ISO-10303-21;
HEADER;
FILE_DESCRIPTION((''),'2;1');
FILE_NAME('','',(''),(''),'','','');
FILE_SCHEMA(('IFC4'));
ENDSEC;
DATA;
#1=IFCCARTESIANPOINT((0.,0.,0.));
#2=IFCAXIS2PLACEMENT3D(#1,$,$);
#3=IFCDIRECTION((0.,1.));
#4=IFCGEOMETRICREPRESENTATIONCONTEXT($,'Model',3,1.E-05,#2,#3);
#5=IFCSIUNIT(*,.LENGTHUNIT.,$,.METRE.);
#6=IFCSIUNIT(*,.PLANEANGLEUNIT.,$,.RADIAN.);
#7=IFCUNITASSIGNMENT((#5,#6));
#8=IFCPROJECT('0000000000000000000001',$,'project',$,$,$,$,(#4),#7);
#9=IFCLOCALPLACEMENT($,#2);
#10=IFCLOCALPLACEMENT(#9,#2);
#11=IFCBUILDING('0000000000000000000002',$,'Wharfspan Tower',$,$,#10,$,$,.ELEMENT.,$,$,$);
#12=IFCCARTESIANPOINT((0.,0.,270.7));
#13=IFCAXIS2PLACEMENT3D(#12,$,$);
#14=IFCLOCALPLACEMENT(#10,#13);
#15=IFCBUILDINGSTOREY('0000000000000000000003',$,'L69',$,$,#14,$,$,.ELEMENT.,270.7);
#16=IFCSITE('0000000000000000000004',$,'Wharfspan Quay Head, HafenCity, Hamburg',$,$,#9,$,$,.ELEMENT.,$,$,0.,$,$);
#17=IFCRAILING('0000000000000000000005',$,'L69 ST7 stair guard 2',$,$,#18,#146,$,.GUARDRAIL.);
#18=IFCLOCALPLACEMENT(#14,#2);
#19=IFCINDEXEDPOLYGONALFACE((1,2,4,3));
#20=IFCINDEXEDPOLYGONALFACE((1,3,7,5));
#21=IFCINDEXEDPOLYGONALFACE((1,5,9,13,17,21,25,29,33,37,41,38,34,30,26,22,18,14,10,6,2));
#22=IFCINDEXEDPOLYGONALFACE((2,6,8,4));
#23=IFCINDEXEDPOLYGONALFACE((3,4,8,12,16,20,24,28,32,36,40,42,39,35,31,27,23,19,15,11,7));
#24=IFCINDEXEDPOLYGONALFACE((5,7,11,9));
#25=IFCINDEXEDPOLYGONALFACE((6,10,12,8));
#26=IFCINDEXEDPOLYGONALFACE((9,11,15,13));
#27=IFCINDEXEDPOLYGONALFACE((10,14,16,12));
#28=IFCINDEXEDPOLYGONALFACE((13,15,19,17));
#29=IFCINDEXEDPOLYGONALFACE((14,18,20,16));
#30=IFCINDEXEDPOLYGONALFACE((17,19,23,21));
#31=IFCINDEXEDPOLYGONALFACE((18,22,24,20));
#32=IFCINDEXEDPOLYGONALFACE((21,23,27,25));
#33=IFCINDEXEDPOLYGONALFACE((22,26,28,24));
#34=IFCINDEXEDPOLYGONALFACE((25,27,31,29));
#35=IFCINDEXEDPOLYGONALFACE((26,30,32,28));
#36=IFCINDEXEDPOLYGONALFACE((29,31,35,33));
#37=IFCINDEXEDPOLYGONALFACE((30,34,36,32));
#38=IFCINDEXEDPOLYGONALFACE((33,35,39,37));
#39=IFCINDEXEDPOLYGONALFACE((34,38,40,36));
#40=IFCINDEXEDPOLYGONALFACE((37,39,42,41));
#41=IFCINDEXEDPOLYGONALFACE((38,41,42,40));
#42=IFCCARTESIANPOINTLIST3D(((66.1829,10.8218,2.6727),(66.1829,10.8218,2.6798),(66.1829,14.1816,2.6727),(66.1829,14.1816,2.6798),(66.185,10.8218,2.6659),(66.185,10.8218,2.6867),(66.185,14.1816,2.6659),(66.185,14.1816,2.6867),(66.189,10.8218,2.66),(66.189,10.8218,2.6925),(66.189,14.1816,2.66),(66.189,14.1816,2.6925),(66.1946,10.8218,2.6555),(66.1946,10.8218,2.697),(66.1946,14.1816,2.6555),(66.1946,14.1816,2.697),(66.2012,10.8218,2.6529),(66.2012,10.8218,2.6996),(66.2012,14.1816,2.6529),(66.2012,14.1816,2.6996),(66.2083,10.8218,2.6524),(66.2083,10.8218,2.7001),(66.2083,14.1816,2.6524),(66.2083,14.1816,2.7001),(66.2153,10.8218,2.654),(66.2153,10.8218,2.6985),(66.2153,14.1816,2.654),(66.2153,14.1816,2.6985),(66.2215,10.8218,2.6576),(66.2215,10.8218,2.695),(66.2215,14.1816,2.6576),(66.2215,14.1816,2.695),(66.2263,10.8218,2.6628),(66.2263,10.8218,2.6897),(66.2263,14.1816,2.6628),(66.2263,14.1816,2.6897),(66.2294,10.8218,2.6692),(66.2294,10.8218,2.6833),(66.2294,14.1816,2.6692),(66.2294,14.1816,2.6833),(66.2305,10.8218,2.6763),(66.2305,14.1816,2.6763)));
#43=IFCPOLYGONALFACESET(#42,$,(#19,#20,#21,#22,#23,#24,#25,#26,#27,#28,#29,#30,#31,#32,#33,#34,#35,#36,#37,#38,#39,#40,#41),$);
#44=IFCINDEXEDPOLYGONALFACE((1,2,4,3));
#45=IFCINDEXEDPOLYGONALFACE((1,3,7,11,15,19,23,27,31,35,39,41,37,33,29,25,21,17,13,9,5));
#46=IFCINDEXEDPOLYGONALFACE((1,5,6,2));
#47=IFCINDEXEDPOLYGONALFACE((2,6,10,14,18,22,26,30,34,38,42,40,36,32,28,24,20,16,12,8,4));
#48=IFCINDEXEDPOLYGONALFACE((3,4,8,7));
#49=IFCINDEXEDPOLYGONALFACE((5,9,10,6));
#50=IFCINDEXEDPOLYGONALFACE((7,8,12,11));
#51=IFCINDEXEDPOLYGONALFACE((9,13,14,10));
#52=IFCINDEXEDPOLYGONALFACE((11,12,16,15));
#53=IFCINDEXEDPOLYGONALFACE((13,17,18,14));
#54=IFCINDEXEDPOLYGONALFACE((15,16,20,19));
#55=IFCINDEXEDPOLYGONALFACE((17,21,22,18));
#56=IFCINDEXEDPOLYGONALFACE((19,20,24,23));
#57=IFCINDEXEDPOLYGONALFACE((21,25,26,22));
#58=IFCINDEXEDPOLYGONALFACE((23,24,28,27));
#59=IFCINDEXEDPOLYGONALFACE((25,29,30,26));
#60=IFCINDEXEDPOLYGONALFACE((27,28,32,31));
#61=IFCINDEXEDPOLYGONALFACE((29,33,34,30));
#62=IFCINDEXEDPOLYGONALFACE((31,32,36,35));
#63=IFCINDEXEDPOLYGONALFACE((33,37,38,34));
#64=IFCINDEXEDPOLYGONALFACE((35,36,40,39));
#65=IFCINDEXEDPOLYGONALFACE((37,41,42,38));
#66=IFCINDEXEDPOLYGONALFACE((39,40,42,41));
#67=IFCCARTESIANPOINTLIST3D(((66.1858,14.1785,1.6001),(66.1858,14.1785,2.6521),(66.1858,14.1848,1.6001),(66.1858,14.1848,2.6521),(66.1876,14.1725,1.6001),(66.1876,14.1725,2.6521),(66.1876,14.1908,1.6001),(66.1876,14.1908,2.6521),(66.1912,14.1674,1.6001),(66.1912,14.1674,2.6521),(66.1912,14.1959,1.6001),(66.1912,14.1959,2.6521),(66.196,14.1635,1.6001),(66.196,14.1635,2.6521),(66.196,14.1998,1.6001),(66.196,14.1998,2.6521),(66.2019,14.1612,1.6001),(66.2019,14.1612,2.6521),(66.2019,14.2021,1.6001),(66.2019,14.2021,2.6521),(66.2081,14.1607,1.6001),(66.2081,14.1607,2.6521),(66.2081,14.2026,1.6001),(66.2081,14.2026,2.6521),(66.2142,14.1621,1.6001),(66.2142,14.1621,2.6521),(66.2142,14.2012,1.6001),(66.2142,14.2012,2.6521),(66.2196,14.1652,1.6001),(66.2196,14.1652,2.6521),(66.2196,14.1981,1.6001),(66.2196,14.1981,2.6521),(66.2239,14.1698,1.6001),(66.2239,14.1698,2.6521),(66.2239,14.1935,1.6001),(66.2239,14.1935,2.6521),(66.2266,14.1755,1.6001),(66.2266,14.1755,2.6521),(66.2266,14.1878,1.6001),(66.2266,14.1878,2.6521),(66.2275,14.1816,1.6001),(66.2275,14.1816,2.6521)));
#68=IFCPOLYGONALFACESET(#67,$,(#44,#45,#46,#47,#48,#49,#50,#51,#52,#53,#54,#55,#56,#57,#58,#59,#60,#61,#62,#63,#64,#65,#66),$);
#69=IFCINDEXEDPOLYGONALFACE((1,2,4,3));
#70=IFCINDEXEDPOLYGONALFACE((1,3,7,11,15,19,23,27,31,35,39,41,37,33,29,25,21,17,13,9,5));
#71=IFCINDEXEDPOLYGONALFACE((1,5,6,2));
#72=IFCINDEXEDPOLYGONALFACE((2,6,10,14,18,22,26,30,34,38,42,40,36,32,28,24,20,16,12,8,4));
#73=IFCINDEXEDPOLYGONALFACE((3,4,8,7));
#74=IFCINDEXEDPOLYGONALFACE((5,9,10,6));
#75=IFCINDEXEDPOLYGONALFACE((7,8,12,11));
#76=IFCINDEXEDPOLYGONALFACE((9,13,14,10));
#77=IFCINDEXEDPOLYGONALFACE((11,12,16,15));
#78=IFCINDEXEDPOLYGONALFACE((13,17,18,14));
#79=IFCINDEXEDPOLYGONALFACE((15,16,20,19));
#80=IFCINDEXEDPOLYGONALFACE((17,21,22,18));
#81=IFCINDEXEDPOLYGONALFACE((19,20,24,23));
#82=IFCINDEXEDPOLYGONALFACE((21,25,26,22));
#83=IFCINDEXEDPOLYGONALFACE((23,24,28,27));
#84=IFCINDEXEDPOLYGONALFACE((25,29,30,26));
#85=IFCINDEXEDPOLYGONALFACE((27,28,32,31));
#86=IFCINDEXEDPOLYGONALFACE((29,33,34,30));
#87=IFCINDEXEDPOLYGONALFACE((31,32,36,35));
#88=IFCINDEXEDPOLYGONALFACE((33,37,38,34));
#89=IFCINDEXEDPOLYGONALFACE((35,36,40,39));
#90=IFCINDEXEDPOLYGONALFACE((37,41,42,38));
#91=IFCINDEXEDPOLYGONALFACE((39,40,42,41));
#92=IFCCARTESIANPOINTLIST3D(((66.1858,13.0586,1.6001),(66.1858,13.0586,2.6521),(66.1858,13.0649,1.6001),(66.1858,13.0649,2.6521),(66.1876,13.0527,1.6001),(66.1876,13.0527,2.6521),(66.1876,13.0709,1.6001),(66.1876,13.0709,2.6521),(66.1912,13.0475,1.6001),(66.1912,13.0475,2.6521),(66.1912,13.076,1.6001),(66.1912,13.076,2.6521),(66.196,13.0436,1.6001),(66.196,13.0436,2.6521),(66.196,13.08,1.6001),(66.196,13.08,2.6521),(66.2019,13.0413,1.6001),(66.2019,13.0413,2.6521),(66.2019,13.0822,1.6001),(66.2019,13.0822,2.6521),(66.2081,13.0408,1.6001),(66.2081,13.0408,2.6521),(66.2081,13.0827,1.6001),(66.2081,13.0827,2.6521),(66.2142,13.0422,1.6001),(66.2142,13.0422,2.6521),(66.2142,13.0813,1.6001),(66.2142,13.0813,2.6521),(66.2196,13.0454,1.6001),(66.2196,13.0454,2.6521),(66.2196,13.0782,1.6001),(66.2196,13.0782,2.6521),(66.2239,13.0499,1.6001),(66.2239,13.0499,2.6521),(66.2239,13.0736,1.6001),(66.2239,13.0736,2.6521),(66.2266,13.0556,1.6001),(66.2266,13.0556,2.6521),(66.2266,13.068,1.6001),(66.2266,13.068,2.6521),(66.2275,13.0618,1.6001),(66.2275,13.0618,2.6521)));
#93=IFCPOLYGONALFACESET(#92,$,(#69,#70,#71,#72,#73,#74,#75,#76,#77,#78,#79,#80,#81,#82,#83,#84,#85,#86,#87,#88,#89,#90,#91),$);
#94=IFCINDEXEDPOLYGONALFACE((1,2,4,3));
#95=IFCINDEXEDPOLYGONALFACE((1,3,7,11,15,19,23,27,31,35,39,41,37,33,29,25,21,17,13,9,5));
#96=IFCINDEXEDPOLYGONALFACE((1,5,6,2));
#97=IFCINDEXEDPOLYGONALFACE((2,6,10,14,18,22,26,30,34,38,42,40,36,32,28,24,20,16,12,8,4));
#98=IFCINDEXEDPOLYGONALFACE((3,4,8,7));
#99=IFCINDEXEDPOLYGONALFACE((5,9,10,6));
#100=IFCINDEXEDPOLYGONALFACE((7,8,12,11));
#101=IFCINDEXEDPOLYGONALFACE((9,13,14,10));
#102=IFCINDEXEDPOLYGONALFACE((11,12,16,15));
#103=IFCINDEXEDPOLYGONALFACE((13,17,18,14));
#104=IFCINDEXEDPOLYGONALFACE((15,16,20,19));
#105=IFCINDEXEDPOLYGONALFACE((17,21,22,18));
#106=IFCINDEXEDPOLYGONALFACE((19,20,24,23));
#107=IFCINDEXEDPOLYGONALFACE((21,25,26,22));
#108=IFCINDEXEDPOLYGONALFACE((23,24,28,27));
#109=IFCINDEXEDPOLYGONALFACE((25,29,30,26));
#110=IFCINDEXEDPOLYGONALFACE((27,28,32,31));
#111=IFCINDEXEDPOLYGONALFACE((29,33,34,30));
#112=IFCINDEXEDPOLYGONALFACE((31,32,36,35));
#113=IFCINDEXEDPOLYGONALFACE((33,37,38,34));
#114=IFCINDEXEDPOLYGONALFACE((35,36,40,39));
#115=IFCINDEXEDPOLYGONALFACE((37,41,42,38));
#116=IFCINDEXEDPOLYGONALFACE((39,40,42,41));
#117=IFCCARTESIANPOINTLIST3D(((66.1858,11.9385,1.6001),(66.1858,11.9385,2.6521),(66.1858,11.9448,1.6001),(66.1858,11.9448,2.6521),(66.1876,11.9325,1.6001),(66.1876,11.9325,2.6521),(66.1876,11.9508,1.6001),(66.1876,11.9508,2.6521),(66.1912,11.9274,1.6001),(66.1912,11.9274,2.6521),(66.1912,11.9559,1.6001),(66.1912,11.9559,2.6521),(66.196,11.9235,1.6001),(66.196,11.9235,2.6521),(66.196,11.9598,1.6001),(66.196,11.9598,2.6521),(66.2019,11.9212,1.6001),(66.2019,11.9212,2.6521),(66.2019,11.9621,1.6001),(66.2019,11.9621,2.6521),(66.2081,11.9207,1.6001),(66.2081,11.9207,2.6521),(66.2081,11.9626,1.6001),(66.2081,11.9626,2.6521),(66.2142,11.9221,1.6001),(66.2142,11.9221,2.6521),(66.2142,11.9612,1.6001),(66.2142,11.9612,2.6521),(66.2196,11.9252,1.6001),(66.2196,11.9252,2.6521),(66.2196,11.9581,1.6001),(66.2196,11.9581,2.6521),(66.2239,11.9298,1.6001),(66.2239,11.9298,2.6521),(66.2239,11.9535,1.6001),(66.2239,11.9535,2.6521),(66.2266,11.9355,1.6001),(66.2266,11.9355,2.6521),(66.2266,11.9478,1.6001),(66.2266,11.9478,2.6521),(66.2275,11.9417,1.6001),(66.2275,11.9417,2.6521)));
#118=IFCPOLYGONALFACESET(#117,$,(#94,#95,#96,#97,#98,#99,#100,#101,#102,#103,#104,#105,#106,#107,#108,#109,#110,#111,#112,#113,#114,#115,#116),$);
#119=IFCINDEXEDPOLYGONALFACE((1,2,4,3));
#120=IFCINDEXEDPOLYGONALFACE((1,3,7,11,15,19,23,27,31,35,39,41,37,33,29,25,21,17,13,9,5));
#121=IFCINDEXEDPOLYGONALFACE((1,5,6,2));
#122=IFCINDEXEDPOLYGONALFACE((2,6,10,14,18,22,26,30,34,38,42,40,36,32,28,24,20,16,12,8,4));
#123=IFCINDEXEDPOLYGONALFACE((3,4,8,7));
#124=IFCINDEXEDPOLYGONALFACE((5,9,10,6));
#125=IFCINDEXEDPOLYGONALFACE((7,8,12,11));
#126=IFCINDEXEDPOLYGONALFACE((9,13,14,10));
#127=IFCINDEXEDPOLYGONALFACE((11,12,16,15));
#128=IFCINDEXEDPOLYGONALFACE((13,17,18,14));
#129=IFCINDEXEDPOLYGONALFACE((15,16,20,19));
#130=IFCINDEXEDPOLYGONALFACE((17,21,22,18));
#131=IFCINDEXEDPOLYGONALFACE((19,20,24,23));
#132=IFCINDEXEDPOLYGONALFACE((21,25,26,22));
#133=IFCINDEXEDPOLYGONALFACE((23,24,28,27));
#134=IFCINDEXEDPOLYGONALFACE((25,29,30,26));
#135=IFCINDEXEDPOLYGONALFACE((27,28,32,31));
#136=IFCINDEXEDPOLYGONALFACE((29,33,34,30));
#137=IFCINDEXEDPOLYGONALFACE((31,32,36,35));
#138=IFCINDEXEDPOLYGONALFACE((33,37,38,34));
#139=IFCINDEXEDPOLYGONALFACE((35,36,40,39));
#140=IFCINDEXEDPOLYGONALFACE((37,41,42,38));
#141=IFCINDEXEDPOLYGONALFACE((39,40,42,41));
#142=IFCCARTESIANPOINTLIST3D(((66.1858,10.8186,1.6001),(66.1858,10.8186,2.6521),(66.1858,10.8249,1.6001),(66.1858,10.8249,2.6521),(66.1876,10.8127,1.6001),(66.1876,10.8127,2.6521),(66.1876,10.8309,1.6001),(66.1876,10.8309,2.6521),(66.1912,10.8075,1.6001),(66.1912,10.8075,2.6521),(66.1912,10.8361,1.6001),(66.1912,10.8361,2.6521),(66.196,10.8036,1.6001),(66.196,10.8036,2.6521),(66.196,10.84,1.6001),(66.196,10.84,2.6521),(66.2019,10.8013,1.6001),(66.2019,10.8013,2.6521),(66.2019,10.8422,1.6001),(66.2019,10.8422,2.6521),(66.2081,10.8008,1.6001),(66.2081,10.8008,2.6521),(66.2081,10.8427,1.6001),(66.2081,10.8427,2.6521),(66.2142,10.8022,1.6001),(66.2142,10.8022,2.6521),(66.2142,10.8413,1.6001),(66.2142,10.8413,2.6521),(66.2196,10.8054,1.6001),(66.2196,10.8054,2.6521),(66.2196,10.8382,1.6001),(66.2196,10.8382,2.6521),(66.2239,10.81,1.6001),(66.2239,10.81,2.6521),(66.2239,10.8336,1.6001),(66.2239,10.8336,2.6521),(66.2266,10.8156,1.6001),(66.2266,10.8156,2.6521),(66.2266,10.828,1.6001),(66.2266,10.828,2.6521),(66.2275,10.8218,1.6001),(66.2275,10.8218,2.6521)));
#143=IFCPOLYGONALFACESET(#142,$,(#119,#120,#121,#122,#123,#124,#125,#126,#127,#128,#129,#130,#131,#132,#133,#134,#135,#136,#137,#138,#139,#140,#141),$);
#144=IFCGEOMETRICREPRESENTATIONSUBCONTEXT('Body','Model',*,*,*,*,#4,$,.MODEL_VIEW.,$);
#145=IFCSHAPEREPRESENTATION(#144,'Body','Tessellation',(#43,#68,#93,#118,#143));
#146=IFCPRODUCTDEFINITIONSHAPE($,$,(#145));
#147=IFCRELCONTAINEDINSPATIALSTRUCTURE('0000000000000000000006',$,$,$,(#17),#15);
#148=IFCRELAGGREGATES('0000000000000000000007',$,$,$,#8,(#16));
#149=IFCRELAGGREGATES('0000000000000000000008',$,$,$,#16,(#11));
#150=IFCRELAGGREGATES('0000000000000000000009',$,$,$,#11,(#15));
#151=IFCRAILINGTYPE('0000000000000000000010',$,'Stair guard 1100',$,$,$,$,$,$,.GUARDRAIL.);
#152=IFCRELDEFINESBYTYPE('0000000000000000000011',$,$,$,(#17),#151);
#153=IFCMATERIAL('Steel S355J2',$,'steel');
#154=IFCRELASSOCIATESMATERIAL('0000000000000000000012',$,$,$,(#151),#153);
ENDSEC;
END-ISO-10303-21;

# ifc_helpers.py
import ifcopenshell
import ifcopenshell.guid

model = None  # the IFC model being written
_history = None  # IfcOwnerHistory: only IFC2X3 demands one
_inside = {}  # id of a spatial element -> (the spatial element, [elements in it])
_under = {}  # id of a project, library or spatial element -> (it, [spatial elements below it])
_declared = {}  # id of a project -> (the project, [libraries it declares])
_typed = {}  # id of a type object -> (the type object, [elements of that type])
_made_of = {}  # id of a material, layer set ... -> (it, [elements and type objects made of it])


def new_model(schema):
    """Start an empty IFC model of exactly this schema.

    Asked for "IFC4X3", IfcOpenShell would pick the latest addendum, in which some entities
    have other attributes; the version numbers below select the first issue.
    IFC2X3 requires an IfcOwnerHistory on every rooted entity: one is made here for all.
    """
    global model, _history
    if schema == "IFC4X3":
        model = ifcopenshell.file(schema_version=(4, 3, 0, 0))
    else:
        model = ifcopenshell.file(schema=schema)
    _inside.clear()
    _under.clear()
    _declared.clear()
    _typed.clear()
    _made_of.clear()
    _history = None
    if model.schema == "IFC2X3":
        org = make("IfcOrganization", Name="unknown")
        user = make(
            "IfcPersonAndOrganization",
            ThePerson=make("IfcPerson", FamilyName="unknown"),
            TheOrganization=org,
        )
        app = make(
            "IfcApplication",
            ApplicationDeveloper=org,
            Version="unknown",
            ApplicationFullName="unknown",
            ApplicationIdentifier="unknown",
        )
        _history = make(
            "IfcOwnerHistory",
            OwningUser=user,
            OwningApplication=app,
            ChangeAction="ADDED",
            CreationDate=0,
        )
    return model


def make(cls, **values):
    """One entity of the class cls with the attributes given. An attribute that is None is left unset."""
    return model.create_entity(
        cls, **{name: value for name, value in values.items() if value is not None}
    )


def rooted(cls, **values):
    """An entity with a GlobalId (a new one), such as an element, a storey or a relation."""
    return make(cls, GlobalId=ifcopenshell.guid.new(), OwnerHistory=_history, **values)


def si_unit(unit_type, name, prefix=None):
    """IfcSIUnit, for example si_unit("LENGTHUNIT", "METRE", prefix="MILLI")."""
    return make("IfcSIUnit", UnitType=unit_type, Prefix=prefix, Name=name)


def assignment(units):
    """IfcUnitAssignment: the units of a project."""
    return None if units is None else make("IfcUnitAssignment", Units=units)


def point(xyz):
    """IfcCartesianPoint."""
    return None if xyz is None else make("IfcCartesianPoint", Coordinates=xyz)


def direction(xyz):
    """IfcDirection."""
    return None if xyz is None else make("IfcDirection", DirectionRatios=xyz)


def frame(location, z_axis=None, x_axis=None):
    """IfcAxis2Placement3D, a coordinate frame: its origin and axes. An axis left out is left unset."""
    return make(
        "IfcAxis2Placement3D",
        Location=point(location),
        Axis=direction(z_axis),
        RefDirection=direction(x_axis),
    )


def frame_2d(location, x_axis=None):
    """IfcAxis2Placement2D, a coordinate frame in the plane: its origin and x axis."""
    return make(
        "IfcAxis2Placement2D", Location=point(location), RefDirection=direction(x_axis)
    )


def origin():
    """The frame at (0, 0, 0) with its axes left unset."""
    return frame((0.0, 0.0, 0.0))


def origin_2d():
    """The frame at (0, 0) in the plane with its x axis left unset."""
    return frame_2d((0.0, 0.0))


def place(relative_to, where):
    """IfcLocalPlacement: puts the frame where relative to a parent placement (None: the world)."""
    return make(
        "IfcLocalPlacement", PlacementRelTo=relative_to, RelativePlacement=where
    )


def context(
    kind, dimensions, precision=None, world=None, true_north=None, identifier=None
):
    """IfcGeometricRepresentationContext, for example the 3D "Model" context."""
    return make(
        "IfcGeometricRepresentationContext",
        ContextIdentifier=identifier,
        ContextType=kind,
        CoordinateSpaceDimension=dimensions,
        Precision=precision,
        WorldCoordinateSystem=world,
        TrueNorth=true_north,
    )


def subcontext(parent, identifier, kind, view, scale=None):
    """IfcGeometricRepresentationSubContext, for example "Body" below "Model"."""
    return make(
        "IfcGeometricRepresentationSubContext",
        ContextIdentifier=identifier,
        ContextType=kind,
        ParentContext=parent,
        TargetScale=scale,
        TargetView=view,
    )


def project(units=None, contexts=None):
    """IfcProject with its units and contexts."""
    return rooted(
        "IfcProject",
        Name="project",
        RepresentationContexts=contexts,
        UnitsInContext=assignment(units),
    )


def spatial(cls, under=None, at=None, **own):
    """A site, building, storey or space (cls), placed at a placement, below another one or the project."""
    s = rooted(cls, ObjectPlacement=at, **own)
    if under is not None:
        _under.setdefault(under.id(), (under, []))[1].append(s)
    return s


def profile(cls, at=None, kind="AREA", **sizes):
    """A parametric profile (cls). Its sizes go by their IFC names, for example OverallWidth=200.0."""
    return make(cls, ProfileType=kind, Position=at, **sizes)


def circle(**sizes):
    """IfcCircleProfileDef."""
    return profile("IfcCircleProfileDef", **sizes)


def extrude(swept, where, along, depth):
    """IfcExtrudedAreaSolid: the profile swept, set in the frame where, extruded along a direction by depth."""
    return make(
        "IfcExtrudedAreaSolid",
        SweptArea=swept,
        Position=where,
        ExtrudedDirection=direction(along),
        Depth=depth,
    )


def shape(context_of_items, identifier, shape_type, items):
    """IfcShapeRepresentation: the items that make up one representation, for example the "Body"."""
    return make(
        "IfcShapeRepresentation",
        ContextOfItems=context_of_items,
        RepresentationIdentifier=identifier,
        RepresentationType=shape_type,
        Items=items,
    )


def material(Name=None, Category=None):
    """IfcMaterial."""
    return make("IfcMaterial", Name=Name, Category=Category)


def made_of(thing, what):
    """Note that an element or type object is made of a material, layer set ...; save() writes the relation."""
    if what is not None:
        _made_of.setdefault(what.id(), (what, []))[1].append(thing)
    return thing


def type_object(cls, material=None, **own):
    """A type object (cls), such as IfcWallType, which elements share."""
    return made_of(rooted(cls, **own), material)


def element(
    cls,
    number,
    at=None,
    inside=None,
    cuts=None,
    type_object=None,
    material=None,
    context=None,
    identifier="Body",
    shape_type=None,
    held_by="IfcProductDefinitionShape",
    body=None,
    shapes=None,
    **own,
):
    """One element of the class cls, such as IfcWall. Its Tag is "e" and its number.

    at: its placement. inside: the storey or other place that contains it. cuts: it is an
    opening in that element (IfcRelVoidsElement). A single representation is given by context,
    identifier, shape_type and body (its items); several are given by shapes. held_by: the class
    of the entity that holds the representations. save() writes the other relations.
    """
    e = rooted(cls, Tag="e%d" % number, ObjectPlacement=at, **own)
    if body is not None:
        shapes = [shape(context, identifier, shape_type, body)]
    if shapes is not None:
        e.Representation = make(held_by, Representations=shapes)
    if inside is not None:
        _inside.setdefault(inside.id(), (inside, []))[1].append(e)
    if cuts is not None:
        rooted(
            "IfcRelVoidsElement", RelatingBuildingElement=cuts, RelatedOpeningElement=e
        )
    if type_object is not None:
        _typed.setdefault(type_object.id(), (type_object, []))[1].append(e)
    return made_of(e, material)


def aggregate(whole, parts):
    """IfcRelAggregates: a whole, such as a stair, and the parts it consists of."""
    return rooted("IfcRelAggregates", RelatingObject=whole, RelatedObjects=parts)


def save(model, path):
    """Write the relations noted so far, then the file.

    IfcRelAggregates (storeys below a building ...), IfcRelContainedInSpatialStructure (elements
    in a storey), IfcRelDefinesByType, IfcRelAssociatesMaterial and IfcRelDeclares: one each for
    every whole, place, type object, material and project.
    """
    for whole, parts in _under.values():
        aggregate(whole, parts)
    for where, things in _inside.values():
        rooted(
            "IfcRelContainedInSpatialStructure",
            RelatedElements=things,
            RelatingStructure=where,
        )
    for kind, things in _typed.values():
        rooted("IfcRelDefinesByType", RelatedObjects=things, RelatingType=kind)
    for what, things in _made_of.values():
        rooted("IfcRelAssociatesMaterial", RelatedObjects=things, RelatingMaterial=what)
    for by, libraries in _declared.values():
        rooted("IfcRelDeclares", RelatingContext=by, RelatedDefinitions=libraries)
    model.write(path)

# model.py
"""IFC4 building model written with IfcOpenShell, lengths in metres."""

from ifc_helpers import new_model, si_unit, direction, frame, origin, origin_2d, place, context, subcontext, project, spatial, circle, extrude, material, type_object, element, save


model = new_model("IFC4")

# Units and contexts
model_context = context("Model", 3, precision=1e-05, world=origin(), true_north=direction((0.0, 1.0)))
body_context = subcontext(model_context, "Body", "Model", "MODEL_VIEW")
ifc_project = project(units=[si_unit("LENGTHUNIT", "METRE"), si_unit("PLANEANGLEUNIT", "RADIAN")], contexts=[model_context])

# Site, building, storey
site_placement = place(None, origin())
site = spatial("IfcSite", under=ifc_project, at=site_placement, Name="Wharfspan Quay Head, HafenCity, Hamburg", CompositionType="ELEMENT", RefElevation=0.0)
building_placement = place(site_placement, origin())
building = spatial("IfcBuilding", under=site, at=building_placement, Name="Wharfspan Tower", CompositionType="ELEMENT")
storey_placement = place(building_placement, frame((0.0, 0.0, 270.7)))
storey = spatial("IfcBuildingStorey", under=building, at=storey_placement, Name="L69", CompositionType="ELEMENT", Elevation=270.7)

# Shared definitions
ifc_material_1 = material(Name="Steel S355J2", Category="steel")

# Railing
railing_type_1 = type_object("IfcRailingType", Name="Stair guard 1100", PredefinedType="GUARDRAIL", material=ifc_material_1)
for number, where, name in (
    (1, (66.2065, 14.1816, 1.6001), "L69 ST7 stair guard 2"),
):
    element("IfcRailing", number, at=place(storey_placement, frame(where)), inside=storey, type_object=railing_type_1, Name=name, PredefinedType="GUARDRAIL", context=body_context, shape_type="SweptSolid", body=[
        extrude(circle(Radius=0.0239, at=origin_2d()), frame((0.0, 0.0, 1.0762), z_axis=(0.0, -1.0, 0.0), x_axis=(1.0, 0.0, 0.0)), (0.0, 0.0, 1.0), 3.3599),
        extrude(circle(Radius=0.021, at=origin_2d()), origin(), (0.0, 0.0, 1.0), 1.052),
        extrude(circle(Radius=0.021, at=origin_2d()), frame((0.0, -1.1199, 0.0)), (0.0, 0.0, 1.0), 1.052),
        extrude(circle(Radius=0.021, at=origin_2d()), frame((0.0, -2.24, 0.0)), (0.0, 0.0, 1.0), 1.052),
        extrude(circle(Radius=0.021, at=origin_2d()), frame((0.0, -3.3599, 0.0)), (0.0, 0.0, 1.0), 1.052),
    ])

save(model, "model.ifc")
